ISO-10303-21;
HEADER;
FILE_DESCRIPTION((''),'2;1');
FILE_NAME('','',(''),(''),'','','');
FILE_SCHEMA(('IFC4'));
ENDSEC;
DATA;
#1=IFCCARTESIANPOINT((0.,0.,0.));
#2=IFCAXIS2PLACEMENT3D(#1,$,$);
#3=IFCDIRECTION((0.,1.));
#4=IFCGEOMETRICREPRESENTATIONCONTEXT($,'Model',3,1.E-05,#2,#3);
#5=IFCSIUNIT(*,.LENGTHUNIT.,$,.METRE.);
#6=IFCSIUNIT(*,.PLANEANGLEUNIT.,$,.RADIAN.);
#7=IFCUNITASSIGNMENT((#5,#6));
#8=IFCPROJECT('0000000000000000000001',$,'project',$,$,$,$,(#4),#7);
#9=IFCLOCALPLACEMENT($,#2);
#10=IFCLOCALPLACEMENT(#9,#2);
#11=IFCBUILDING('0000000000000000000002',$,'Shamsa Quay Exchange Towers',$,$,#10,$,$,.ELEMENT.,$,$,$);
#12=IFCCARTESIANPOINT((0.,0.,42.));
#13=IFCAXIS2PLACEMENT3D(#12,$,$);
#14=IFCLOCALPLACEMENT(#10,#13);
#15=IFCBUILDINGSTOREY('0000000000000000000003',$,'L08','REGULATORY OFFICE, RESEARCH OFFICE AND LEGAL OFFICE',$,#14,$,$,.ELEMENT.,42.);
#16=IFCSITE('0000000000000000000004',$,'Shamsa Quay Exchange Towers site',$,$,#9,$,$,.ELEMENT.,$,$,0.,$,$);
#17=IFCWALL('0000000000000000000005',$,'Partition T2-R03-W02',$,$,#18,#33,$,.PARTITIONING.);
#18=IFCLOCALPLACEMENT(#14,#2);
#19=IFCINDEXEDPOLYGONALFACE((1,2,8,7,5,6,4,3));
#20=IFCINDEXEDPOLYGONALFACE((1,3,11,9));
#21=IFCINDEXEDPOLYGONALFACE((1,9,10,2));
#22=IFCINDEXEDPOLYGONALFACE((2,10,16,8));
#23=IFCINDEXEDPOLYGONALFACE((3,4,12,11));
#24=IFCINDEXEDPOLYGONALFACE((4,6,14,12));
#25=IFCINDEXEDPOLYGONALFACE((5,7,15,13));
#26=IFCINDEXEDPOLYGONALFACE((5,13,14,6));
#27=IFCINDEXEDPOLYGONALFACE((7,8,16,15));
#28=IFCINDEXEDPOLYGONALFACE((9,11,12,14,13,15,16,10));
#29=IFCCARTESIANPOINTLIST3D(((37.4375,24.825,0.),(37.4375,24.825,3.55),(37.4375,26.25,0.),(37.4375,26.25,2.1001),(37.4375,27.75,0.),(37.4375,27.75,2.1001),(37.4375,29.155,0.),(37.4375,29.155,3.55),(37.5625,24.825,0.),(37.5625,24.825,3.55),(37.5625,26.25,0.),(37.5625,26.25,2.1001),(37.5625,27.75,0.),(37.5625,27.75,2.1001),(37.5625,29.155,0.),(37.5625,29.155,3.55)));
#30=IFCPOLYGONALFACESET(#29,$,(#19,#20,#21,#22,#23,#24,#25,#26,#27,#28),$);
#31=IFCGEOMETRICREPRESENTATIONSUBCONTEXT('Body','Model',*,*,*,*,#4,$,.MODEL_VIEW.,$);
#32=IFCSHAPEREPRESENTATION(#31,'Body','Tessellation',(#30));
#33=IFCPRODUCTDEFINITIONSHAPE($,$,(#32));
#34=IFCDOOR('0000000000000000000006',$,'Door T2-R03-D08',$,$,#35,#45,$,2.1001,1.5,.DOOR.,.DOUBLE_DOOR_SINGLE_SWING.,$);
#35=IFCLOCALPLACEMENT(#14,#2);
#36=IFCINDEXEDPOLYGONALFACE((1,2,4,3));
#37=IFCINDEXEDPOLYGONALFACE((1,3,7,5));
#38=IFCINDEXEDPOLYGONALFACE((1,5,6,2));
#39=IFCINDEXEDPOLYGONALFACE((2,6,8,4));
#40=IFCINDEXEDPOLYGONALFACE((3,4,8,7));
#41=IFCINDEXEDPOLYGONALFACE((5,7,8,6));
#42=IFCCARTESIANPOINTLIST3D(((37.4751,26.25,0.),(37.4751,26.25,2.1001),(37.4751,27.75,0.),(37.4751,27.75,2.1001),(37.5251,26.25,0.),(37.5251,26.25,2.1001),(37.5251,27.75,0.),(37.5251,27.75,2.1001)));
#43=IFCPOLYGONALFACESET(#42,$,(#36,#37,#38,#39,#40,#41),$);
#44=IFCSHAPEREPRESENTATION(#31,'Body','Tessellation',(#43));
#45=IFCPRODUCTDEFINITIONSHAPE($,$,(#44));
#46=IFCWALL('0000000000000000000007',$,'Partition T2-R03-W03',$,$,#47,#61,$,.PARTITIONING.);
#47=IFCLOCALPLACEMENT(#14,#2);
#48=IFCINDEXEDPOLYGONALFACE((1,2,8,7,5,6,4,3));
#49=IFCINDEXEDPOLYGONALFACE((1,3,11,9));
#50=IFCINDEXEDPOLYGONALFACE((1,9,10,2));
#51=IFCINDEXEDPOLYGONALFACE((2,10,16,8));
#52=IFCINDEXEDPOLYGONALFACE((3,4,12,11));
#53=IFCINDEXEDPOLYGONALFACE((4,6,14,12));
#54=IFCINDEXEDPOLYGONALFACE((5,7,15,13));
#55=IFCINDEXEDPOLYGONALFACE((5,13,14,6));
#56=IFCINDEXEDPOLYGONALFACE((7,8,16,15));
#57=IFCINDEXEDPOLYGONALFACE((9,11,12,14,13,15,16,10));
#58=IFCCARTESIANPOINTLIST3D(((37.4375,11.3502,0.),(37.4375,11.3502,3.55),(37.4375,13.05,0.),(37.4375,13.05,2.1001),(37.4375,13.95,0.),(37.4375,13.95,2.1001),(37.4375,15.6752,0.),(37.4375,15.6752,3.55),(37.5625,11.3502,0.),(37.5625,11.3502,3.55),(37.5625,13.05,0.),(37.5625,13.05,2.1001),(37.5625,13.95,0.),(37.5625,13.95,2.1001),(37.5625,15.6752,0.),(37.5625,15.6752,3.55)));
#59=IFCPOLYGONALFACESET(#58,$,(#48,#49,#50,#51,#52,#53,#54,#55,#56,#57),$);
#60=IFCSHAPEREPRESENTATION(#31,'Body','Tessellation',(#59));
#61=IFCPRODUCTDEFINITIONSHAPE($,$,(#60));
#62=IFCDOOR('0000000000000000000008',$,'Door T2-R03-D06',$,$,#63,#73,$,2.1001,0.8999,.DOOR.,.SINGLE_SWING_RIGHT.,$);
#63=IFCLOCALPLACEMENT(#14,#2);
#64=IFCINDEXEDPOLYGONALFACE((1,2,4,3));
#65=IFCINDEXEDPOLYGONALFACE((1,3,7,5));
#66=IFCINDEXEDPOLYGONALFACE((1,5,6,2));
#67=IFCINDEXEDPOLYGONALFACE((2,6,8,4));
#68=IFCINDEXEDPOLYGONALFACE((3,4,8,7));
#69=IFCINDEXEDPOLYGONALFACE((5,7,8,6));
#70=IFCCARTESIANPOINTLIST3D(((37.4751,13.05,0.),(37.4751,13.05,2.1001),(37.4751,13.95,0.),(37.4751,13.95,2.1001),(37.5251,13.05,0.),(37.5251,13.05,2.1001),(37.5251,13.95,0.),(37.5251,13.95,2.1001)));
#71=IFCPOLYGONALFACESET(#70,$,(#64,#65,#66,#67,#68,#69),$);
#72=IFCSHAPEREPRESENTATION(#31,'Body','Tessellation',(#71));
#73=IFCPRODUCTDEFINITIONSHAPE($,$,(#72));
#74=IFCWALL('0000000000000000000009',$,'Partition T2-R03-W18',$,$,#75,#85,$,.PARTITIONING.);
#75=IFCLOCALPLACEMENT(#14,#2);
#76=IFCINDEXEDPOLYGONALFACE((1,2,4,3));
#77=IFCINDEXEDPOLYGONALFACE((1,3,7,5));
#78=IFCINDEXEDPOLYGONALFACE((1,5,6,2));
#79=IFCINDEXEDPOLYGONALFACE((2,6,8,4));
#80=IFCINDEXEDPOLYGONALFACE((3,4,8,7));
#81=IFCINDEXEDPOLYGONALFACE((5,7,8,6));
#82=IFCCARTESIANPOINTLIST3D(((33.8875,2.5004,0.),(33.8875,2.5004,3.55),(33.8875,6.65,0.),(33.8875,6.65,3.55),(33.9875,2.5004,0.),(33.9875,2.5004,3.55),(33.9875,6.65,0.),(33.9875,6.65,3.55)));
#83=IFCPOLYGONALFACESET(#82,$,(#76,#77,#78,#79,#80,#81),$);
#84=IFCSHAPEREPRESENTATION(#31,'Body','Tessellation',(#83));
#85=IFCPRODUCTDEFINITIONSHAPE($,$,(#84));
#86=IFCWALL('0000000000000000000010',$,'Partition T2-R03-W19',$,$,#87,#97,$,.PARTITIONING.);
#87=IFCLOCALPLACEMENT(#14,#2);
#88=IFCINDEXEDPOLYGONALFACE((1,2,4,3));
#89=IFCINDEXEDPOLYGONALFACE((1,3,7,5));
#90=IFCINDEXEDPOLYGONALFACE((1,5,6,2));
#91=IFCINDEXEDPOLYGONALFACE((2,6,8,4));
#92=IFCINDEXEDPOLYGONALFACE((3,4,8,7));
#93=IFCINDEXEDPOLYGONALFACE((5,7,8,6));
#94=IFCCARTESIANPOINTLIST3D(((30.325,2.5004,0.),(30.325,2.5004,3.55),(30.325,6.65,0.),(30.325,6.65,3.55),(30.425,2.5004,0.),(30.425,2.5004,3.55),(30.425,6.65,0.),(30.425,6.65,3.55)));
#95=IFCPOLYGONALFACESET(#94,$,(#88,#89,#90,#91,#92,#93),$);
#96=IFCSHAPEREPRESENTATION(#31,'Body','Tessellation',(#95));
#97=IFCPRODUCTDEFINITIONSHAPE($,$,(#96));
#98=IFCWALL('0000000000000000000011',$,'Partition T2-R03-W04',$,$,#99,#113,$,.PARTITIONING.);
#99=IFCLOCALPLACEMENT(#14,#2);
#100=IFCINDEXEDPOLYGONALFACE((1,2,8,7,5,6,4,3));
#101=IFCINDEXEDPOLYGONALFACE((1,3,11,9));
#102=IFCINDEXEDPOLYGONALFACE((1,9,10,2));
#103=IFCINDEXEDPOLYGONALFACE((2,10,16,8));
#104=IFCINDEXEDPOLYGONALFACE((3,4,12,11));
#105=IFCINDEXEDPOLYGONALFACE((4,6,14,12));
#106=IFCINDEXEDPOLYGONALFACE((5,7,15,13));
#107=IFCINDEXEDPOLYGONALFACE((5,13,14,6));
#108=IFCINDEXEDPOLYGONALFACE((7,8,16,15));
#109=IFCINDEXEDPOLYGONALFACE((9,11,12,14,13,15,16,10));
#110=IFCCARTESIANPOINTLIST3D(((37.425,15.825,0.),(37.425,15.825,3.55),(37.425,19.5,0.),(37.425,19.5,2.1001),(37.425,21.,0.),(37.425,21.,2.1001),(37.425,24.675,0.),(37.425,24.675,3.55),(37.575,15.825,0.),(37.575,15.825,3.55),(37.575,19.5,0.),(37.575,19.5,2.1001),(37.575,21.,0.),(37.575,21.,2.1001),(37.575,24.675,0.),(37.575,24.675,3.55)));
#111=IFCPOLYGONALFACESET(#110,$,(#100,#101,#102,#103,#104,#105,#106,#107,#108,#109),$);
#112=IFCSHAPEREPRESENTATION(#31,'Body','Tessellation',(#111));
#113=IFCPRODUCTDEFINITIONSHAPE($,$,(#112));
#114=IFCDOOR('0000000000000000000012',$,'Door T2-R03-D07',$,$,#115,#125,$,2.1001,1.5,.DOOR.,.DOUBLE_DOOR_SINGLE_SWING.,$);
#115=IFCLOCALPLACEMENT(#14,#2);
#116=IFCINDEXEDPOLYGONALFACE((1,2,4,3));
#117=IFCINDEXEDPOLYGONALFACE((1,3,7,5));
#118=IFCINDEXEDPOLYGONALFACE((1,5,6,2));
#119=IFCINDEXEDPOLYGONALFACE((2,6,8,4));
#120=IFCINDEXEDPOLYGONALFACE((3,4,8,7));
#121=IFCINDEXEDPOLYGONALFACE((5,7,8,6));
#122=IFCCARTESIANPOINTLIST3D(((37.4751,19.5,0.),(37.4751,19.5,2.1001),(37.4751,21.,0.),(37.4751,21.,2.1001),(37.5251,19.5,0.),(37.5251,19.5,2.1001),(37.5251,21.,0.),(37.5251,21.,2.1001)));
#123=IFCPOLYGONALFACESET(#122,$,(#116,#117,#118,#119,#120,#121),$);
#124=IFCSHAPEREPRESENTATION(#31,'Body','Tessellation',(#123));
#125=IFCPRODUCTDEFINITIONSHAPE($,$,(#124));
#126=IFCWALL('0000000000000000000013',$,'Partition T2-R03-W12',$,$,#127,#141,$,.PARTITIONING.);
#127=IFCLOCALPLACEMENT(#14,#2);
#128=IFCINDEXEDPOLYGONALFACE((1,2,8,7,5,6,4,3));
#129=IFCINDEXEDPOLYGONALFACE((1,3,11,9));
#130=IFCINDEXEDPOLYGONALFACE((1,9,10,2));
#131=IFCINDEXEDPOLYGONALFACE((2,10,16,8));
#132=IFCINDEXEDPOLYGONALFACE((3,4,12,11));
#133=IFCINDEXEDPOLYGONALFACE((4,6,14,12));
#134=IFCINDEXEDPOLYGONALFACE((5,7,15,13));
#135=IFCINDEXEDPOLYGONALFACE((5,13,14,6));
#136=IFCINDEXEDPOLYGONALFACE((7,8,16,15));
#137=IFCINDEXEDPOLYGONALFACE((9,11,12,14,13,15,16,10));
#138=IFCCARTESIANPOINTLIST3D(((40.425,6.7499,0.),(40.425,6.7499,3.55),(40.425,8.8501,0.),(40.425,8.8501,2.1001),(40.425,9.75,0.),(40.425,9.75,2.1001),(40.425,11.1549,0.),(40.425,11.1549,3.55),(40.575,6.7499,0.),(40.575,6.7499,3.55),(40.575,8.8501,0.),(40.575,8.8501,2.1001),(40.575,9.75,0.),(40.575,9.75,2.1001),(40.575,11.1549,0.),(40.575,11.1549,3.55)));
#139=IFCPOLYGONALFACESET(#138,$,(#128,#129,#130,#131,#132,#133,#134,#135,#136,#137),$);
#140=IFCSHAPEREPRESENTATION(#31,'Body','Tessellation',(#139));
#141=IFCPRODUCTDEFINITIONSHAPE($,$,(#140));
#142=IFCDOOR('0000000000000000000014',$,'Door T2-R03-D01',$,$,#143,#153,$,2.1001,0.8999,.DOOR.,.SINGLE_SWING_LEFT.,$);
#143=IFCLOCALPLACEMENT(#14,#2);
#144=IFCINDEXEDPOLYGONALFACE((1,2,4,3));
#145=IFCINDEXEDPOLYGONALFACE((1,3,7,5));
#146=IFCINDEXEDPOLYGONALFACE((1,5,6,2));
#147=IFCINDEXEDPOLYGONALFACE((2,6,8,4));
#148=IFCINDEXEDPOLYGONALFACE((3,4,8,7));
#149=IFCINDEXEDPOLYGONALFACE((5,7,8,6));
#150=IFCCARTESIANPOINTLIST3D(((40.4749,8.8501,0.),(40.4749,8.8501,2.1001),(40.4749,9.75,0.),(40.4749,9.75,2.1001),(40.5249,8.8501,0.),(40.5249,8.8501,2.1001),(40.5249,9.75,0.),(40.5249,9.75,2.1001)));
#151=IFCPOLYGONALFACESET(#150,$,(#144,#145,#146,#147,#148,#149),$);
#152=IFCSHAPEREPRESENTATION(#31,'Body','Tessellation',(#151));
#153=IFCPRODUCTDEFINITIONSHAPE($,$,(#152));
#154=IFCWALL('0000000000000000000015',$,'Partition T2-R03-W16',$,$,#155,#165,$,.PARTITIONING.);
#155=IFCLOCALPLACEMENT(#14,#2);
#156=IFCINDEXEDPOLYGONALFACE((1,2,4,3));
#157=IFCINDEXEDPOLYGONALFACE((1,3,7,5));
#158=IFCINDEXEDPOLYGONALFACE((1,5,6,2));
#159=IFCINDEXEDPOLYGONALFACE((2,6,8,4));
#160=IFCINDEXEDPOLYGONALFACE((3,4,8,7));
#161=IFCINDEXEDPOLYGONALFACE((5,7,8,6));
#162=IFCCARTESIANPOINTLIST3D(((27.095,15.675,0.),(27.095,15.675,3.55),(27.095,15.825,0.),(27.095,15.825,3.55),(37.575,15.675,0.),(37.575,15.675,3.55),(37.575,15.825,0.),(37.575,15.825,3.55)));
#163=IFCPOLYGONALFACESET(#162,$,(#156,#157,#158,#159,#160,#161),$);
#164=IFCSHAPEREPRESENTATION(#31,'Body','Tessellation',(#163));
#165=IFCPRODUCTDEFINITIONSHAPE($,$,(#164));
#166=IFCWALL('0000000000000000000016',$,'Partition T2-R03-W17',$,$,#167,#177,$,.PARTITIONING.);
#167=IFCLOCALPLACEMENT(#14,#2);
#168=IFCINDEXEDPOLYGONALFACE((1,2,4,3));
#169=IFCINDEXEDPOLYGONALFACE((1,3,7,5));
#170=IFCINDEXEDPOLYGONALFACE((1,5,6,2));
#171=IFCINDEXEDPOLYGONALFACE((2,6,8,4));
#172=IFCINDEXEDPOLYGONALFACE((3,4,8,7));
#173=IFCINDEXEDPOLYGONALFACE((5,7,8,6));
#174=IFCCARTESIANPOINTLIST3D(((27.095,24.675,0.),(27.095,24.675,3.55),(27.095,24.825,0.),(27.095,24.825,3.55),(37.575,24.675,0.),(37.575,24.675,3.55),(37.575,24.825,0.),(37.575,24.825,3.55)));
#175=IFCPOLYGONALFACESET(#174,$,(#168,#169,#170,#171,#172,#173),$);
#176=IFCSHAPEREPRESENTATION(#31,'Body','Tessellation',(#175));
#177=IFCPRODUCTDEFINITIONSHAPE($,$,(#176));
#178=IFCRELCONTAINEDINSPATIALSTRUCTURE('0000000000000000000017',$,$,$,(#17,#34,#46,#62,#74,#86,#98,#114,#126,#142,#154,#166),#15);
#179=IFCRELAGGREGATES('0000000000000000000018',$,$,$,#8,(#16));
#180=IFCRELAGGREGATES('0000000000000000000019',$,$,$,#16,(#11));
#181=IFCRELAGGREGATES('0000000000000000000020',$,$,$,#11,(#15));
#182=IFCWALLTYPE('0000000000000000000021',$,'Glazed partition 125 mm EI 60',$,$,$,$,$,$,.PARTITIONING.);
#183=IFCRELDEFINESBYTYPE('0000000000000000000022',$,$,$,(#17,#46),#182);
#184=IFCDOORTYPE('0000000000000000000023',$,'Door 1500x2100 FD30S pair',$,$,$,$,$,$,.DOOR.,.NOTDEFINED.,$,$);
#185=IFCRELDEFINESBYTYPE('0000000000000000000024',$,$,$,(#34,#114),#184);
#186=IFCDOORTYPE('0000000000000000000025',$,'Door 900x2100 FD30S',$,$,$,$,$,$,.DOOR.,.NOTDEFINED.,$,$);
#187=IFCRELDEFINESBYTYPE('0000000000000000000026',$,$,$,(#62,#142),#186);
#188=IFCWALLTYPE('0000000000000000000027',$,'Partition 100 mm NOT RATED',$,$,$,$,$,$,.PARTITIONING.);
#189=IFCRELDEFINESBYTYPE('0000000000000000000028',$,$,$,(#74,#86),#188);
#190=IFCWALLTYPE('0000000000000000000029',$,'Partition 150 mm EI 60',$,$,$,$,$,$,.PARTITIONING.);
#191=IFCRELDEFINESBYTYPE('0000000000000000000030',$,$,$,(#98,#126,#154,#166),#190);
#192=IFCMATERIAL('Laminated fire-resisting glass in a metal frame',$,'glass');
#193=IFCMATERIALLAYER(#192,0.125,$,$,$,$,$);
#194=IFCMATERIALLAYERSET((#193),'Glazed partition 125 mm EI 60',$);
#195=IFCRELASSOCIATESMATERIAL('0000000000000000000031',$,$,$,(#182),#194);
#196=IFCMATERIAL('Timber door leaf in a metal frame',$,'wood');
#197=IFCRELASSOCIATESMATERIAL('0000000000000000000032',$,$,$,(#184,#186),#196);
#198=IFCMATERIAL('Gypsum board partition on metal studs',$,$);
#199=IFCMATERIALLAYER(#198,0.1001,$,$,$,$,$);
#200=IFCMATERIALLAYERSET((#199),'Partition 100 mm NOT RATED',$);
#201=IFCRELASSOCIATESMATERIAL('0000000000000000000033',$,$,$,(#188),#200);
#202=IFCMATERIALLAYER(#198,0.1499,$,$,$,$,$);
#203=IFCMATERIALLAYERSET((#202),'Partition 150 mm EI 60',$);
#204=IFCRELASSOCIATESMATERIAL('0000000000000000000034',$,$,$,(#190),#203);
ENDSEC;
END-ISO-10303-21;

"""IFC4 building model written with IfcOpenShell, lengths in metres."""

from ifc_helpers import new_model, si_unit, direction, frame, frame_2d, origin, place, context, subcontext, project, spatial, rectangle, extrude, material, layer, layer_set, type_object, element, fill, save


model = new_model("IFC4")

# Units and contexts
model_context = context("Model", 3, precision=1e-05, world=origin(), true_north=direction((0.0, 1.0)))
body_context = subcontext(model_context, "Body", "Model", "MODEL_VIEW")
ifc_project = project(units=[si_unit("LENGTHUNIT", "METRE"), si_unit("PLANEANGLEUNIT", "RADIAN")], contexts=[model_context])

# Site, building, storey
site_placement = place(None, origin())
site = spatial("IfcSite", under=ifc_project, at=site_placement, Name="Shamsa Quay Exchange Towers site", CompositionType="ELEMENT", RefElevation=0.0)
building_placement = place(site_placement, origin())
building = spatial("IfcBuilding", under=site, at=building_placement, Name="Shamsa Quay Exchange Towers", CompositionType="ELEMENT")
storey_placement = place(building_placement, frame((0.0, 0.0, 42.0)))
storey = spatial("IfcBuildingStorey", under=building, at=storey_placement, Name="L08", Description="REGULATORY OFFICE, RESEARCH OFFICE AND LEGAL OFFICE", CompositionType="ELEMENT", Elevation=42.0)

# Walls, openings, doors
ifc_material_1 = material(Name="Laminated fire-resisting glass in a metal frame", Category="glass")
ifc_layer_1 = layer(ifc_material_1, 0.125)
ifc_layer_set_1 = layer_set([ifc_layer_1], Name="Glazed partition 125 mm EI 60")
wall_type_1 = type_object("IfcWallType", Name="Glazed partition 125 mm EI 60", PredefinedType="PARTITIONING", material=ifc_layer_set_1)
wall_1_placement = place(storey_placement, frame((37.5, 24.825, 0.0), z_axis=(0.0, 0.0, 1.0), x_axis=(0.0, 1.0, 0.0)))
wall_1 = element("IfcWall", 1, at=wall_1_placement, inside=storey, type_object=wall_type_1, Name="Partition T2-R03-W02", PredefinedType="PARTITIONING", context=body_context, shape_type="SweptSolid", body=[
    extrude(rectangle(XDim=4.3301, YDim=0.125, at=frame_2d((2.165, 0.0))), origin(), (0.0, 0.0, 1.0), 3.55),
])
opening_1_placement = place(wall_1_placement, frame((1.425, 0.0, 0.0)))
opening_1 = element("IfcOpeningElement", 2, at=opening_1_placement, cuts=wall_1, PredefinedType="OPENING", context=body_context, shape_type="SweptSolid", body=[
    extrude(rectangle(XDim=1.5, YDim=2.1001, at=frame_2d((0.75, 1.05))), frame((0.0, 0.0725, 0.0), z_axis=(0.0, -1.0, 0.0), x_axis=(1.0, 0.0, 0.0)), (0.0, 0.0, 1.0), 0.145),
])
ifc_material_2 = material(Name="Timber door leaf in a metal frame", Category="wood")
door_type_1 = type_object("IfcDoorType", Name="Door 1500x2100 FD30S pair", OperationType="NOTDEFINED", PredefinedType="DOOR", material=ifc_material_2)
door_1_placement = place(opening_1_placement, origin())
door_1 = element("IfcDoor", 3, at=door_1_placement, inside=storey, type_object=door_type_1, Name="Door T2-R03-D08", OperationType="DOUBLE_DOOR_SINGLE_SWING", OverallHeight=2.1001, OverallWidth=1.5, PredefinedType="DOOR", context=body_context, shape_type="SweptSolid", body=[
    extrude(rectangle(XDim=1.5, YDim=2.1001, at=frame_2d((0.75, 1.05))), frame((0.0, 0.0249, 0.0), z_axis=(0.0, -1.0, 0.0), x_axis=(1.0, 0.0, 0.0)), (0.0, 0.0, 1.0), 0.05),
])
fill(opening_1, door_1)
wall_2_placement = place(storey_placement, frame((37.5, 11.3501, 0.0), z_axis=(0.0, 0.0, 1.0), x_axis=(0.0, 1.0, 0.0)))
wall_2 = element("IfcWall", 4, at=wall_2_placement, inside=storey, type_object=wall_type_1, Name="Partition T2-R03-W03", PredefinedType="PARTITIONING", context=body_context, shape_type="SweptSolid", body=[
    extrude(rectangle(XDim=4.325, YDim=0.125, at=frame_2d((2.1626, 0.0))), origin(), (0.0, 0.0, 1.0), 3.55),
])
opening_2_placement = place(wall_2_placement, frame((1.7, 0.0, 0.0)))
opening_2 = element("IfcOpeningElement", 5, at=opening_2_placement, cuts=wall_2, PredefinedType="OPENING", context=body_context, shape_type="SweptSolid", body=[
    extrude(rectangle(XDim=0.8999, YDim=2.1001, at=frame_2d((0.45, 1.05))), frame((0.0, 0.0725, 0.0), z_axis=(0.0, -1.0, 0.0), x_axis=(1.0, 0.0, 0.0)), (0.0, 0.0, 1.0), 0.145),
])
door_type_2 = type_object("IfcDoorType", Name="Door 900x2100 FD30S", OperationType="NOTDEFINED", PredefinedType="DOOR", material=ifc_material_2)
door_2_placement = place(opening_2_placement, origin())
door_2 = element("IfcDoor", 6, at=door_2_placement, inside=storey, type_object=door_type_2, Name="Door T2-R03-D06", OperationType="SINGLE_SWING_RIGHT", OverallHeight=2.1001, OverallWidth=0.8999, PredefinedType="DOOR", context=body_context, shape_type="SweptSolid", body=[
    extrude(rectangle(XDim=0.8999, YDim=2.1001, at=frame_2d((0.45, 1.05))), frame((0.0, 0.0249, 0.0), z_axis=(0.0, -1.0, 0.0), x_axis=(1.0, 0.0, 0.0)), (0.0, 0.0, 1.0), 0.05),
])
fill(opening_2, door_2)

# Walls
ifc_material_3 = material(Name="Gypsum board partition on metal studs")
ifc_layer_2 = layer(ifc_material_3, 0.1001)
ifc_layer_set_2 = layer_set([ifc_layer_2], Name="Partition 100 mm NOT RATED")
wall_type_2 = type_object("IfcWallType", Name="Partition 100 mm NOT RATED", PredefinedType="PARTITIONING", material=ifc_layer_set_2)
for number, where, z_axis, x_axis, name in (
    (7, (33.9375, 6.6499, 0.0), (0.0, 0.0, 1.0), (0.0, -1.0, 0.0), "Partition T2-R03-W18"),
    (8, (30.375, 6.6499, 0.0), (0.0, 0.0, 1.0), (0.0, -1.0, 0.0), "Partition T2-R03-W19"),
):
    element("IfcWall", number, at=place(storey_placement, frame(where, z_axis=z_axis, x_axis=x_axis)), inside=storey, type_object=wall_type_2, Name=name, PredefinedType="PARTITIONING", context=body_context, shape_type="SweptSolid", body=[
        extrude(rectangle(XDim=4.1497, YDim=0.1001, at=frame_2d((2.0747, 0.0))), origin(), (0.0, 0.0, 1.0), 3.55),
    ])

# Walls, openings, doors
ifc_layer_3 = layer(ifc_material_3, 0.1499)
ifc_layer_set_3 = layer_set([ifc_layer_3], Name="Partition 150 mm EI 60")
wall_type_3 = type_object("IfcWallType", Name="Partition 150 mm EI 60", PredefinedType="PARTITIONING", material=ifc_layer_set_3)
wall_3_placement = place(storey_placement, frame((37.5, 15.825, 0.0), z_axis=(0.0, 0.0, 1.0), x_axis=(0.0, 1.0, 0.0)))
wall_3 = element("IfcWall", 9, at=wall_3_placement, inside=storey, type_object=wall_type_3, Name="Partition T2-R03-W04", PredefinedType="PARTITIONING", context=body_context, shape_type="SweptSolid", body=[
    extrude(rectangle(XDim=8.8501, YDim=0.1499, at=frame_2d((4.425, 0.0))), origin(), (0.0, 0.0, 1.0), 3.55),
])
opening_3_placement = place(wall_3_placement, frame((3.675, 0.0, 0.0)))
opening_3 = element("IfcOpeningElement", 10, at=opening_3_placement, cuts=wall_3, PredefinedType="OPENING", context=body_context, shape_type="SweptSolid", body=[
    extrude(rectangle(XDim=1.5, YDim=2.1001, at=frame_2d((0.75, 1.05))), frame((0.0, 0.085, 0.0), z_axis=(0.0, -1.0, 0.0), x_axis=(1.0, 0.0, 0.0)), (0.0, 0.0, 1.0), 0.1699),
])
door_3_placement = place(opening_3_placement, origin())
door_3 = element("IfcDoor", 11, at=door_3_placement, inside=storey, type_object=door_type_1, Name="Door T2-R03-D07", OperationType="DOUBLE_DOOR_SINGLE_SWING", OverallHeight=2.1001, OverallWidth=1.5, PredefinedType="DOOR", context=body_context, shape_type="SweptSolid", body=[
    extrude(rectangle(XDim=1.5, YDim=2.1001, at=frame_2d((0.75, 1.05))), frame((0.0, 0.0249, 0.0), z_axis=(0.0, -1.0, 0.0), x_axis=(1.0, 0.0, 0.0)), (0.0, 0.0, 1.0), 0.05),
])
fill(opening_3, door_3)
wall_4_placement = place(storey_placement, frame((40.5, 11.155, 0.0), z_axis=(0.0, 0.0, 1.0), x_axis=(0.0, -1.0, 0.0)))
wall_4 = element("IfcWall", 12, at=wall_4_placement, inside=storey, type_object=wall_type_3, Name="Partition T2-R03-W12", PredefinedType="PARTITIONING", context=body_context, shape_type="SweptSolid", body=[
    extrude(rectangle(XDim=4.405, YDim=0.1499, at=frame_2d((2.2026, 0.0))), origin(), (0.0, 0.0, 1.0), 3.55),
])
opening_4_placement = place(wall_4_placement, frame((1.405, 0.0, 0.0)))
opening_4 = element("IfcOpeningElement", 13, at=opening_4_placement, cuts=wall_4, PredefinedType="OPENING", context=body_context, shape_type="SweptSolid", body=[
    extrude(rectangle(XDim=0.8999, YDim=2.1001, at=frame_2d((0.45, 1.05))), frame((0.0, 0.085, 0.0), z_axis=(0.0, -1.0, 0.0), x_axis=(1.0, 0.0, 0.0)), (0.0, 0.0, 1.0), 0.1699),
])
door_4_placement = place(opening_4_placement, origin())
door_4 = element("IfcDoor", 14, at=door_4_placement, inside=storey, type_object=door_type_2, Name="Door T2-R03-D01", OperationType="SINGLE_SWING_LEFT", OverallHeight=2.1001, OverallWidth=0.8999, PredefinedType="DOOR", context=body_context, shape_type="SweptSolid", body=[
    extrude(rectangle(XDim=0.8999, YDim=2.1001, at=frame_2d((0.45, 1.05))), frame((0.0, 0.0249, 0.0), z_axis=(0.0, -1.0, 0.0), x_axis=(1.0, 0.0, 0.0)), (0.0, 0.0, 1.0), 0.05),
])
fill(opening_4, door_4)

# Walls
for number, where, z_axis, x_axis, name in (
    (15, (37.575, 15.75, 0.0), (0.0, 0.0, 1.0), (-1.0, 0.0, 0.0), "Partition T2-R03-W16"),
    (16, (37.575, 24.75, 0.0), (0.0, 0.0, 1.0), (-1.0, 0.0, 0.0), "Partition T2-R03-W17"),
):
    element("IfcWall", number, at=place(storey_placement, frame(where, z_axis=z_axis, x_axis=x_axis)), inside=storey, type_object=wall_type_3, Name=name, PredefinedType="PARTITIONING", context=body_context, shape_type="SweptSolid", body=[
        extrude(rectangle(XDim=10.48, YDim=0.1499, at=frame_2d((5.24, 0.0))), origin(), (0.0, 0.0, 1.0), 3.55),
    ])

save(model, "model.ifc")
